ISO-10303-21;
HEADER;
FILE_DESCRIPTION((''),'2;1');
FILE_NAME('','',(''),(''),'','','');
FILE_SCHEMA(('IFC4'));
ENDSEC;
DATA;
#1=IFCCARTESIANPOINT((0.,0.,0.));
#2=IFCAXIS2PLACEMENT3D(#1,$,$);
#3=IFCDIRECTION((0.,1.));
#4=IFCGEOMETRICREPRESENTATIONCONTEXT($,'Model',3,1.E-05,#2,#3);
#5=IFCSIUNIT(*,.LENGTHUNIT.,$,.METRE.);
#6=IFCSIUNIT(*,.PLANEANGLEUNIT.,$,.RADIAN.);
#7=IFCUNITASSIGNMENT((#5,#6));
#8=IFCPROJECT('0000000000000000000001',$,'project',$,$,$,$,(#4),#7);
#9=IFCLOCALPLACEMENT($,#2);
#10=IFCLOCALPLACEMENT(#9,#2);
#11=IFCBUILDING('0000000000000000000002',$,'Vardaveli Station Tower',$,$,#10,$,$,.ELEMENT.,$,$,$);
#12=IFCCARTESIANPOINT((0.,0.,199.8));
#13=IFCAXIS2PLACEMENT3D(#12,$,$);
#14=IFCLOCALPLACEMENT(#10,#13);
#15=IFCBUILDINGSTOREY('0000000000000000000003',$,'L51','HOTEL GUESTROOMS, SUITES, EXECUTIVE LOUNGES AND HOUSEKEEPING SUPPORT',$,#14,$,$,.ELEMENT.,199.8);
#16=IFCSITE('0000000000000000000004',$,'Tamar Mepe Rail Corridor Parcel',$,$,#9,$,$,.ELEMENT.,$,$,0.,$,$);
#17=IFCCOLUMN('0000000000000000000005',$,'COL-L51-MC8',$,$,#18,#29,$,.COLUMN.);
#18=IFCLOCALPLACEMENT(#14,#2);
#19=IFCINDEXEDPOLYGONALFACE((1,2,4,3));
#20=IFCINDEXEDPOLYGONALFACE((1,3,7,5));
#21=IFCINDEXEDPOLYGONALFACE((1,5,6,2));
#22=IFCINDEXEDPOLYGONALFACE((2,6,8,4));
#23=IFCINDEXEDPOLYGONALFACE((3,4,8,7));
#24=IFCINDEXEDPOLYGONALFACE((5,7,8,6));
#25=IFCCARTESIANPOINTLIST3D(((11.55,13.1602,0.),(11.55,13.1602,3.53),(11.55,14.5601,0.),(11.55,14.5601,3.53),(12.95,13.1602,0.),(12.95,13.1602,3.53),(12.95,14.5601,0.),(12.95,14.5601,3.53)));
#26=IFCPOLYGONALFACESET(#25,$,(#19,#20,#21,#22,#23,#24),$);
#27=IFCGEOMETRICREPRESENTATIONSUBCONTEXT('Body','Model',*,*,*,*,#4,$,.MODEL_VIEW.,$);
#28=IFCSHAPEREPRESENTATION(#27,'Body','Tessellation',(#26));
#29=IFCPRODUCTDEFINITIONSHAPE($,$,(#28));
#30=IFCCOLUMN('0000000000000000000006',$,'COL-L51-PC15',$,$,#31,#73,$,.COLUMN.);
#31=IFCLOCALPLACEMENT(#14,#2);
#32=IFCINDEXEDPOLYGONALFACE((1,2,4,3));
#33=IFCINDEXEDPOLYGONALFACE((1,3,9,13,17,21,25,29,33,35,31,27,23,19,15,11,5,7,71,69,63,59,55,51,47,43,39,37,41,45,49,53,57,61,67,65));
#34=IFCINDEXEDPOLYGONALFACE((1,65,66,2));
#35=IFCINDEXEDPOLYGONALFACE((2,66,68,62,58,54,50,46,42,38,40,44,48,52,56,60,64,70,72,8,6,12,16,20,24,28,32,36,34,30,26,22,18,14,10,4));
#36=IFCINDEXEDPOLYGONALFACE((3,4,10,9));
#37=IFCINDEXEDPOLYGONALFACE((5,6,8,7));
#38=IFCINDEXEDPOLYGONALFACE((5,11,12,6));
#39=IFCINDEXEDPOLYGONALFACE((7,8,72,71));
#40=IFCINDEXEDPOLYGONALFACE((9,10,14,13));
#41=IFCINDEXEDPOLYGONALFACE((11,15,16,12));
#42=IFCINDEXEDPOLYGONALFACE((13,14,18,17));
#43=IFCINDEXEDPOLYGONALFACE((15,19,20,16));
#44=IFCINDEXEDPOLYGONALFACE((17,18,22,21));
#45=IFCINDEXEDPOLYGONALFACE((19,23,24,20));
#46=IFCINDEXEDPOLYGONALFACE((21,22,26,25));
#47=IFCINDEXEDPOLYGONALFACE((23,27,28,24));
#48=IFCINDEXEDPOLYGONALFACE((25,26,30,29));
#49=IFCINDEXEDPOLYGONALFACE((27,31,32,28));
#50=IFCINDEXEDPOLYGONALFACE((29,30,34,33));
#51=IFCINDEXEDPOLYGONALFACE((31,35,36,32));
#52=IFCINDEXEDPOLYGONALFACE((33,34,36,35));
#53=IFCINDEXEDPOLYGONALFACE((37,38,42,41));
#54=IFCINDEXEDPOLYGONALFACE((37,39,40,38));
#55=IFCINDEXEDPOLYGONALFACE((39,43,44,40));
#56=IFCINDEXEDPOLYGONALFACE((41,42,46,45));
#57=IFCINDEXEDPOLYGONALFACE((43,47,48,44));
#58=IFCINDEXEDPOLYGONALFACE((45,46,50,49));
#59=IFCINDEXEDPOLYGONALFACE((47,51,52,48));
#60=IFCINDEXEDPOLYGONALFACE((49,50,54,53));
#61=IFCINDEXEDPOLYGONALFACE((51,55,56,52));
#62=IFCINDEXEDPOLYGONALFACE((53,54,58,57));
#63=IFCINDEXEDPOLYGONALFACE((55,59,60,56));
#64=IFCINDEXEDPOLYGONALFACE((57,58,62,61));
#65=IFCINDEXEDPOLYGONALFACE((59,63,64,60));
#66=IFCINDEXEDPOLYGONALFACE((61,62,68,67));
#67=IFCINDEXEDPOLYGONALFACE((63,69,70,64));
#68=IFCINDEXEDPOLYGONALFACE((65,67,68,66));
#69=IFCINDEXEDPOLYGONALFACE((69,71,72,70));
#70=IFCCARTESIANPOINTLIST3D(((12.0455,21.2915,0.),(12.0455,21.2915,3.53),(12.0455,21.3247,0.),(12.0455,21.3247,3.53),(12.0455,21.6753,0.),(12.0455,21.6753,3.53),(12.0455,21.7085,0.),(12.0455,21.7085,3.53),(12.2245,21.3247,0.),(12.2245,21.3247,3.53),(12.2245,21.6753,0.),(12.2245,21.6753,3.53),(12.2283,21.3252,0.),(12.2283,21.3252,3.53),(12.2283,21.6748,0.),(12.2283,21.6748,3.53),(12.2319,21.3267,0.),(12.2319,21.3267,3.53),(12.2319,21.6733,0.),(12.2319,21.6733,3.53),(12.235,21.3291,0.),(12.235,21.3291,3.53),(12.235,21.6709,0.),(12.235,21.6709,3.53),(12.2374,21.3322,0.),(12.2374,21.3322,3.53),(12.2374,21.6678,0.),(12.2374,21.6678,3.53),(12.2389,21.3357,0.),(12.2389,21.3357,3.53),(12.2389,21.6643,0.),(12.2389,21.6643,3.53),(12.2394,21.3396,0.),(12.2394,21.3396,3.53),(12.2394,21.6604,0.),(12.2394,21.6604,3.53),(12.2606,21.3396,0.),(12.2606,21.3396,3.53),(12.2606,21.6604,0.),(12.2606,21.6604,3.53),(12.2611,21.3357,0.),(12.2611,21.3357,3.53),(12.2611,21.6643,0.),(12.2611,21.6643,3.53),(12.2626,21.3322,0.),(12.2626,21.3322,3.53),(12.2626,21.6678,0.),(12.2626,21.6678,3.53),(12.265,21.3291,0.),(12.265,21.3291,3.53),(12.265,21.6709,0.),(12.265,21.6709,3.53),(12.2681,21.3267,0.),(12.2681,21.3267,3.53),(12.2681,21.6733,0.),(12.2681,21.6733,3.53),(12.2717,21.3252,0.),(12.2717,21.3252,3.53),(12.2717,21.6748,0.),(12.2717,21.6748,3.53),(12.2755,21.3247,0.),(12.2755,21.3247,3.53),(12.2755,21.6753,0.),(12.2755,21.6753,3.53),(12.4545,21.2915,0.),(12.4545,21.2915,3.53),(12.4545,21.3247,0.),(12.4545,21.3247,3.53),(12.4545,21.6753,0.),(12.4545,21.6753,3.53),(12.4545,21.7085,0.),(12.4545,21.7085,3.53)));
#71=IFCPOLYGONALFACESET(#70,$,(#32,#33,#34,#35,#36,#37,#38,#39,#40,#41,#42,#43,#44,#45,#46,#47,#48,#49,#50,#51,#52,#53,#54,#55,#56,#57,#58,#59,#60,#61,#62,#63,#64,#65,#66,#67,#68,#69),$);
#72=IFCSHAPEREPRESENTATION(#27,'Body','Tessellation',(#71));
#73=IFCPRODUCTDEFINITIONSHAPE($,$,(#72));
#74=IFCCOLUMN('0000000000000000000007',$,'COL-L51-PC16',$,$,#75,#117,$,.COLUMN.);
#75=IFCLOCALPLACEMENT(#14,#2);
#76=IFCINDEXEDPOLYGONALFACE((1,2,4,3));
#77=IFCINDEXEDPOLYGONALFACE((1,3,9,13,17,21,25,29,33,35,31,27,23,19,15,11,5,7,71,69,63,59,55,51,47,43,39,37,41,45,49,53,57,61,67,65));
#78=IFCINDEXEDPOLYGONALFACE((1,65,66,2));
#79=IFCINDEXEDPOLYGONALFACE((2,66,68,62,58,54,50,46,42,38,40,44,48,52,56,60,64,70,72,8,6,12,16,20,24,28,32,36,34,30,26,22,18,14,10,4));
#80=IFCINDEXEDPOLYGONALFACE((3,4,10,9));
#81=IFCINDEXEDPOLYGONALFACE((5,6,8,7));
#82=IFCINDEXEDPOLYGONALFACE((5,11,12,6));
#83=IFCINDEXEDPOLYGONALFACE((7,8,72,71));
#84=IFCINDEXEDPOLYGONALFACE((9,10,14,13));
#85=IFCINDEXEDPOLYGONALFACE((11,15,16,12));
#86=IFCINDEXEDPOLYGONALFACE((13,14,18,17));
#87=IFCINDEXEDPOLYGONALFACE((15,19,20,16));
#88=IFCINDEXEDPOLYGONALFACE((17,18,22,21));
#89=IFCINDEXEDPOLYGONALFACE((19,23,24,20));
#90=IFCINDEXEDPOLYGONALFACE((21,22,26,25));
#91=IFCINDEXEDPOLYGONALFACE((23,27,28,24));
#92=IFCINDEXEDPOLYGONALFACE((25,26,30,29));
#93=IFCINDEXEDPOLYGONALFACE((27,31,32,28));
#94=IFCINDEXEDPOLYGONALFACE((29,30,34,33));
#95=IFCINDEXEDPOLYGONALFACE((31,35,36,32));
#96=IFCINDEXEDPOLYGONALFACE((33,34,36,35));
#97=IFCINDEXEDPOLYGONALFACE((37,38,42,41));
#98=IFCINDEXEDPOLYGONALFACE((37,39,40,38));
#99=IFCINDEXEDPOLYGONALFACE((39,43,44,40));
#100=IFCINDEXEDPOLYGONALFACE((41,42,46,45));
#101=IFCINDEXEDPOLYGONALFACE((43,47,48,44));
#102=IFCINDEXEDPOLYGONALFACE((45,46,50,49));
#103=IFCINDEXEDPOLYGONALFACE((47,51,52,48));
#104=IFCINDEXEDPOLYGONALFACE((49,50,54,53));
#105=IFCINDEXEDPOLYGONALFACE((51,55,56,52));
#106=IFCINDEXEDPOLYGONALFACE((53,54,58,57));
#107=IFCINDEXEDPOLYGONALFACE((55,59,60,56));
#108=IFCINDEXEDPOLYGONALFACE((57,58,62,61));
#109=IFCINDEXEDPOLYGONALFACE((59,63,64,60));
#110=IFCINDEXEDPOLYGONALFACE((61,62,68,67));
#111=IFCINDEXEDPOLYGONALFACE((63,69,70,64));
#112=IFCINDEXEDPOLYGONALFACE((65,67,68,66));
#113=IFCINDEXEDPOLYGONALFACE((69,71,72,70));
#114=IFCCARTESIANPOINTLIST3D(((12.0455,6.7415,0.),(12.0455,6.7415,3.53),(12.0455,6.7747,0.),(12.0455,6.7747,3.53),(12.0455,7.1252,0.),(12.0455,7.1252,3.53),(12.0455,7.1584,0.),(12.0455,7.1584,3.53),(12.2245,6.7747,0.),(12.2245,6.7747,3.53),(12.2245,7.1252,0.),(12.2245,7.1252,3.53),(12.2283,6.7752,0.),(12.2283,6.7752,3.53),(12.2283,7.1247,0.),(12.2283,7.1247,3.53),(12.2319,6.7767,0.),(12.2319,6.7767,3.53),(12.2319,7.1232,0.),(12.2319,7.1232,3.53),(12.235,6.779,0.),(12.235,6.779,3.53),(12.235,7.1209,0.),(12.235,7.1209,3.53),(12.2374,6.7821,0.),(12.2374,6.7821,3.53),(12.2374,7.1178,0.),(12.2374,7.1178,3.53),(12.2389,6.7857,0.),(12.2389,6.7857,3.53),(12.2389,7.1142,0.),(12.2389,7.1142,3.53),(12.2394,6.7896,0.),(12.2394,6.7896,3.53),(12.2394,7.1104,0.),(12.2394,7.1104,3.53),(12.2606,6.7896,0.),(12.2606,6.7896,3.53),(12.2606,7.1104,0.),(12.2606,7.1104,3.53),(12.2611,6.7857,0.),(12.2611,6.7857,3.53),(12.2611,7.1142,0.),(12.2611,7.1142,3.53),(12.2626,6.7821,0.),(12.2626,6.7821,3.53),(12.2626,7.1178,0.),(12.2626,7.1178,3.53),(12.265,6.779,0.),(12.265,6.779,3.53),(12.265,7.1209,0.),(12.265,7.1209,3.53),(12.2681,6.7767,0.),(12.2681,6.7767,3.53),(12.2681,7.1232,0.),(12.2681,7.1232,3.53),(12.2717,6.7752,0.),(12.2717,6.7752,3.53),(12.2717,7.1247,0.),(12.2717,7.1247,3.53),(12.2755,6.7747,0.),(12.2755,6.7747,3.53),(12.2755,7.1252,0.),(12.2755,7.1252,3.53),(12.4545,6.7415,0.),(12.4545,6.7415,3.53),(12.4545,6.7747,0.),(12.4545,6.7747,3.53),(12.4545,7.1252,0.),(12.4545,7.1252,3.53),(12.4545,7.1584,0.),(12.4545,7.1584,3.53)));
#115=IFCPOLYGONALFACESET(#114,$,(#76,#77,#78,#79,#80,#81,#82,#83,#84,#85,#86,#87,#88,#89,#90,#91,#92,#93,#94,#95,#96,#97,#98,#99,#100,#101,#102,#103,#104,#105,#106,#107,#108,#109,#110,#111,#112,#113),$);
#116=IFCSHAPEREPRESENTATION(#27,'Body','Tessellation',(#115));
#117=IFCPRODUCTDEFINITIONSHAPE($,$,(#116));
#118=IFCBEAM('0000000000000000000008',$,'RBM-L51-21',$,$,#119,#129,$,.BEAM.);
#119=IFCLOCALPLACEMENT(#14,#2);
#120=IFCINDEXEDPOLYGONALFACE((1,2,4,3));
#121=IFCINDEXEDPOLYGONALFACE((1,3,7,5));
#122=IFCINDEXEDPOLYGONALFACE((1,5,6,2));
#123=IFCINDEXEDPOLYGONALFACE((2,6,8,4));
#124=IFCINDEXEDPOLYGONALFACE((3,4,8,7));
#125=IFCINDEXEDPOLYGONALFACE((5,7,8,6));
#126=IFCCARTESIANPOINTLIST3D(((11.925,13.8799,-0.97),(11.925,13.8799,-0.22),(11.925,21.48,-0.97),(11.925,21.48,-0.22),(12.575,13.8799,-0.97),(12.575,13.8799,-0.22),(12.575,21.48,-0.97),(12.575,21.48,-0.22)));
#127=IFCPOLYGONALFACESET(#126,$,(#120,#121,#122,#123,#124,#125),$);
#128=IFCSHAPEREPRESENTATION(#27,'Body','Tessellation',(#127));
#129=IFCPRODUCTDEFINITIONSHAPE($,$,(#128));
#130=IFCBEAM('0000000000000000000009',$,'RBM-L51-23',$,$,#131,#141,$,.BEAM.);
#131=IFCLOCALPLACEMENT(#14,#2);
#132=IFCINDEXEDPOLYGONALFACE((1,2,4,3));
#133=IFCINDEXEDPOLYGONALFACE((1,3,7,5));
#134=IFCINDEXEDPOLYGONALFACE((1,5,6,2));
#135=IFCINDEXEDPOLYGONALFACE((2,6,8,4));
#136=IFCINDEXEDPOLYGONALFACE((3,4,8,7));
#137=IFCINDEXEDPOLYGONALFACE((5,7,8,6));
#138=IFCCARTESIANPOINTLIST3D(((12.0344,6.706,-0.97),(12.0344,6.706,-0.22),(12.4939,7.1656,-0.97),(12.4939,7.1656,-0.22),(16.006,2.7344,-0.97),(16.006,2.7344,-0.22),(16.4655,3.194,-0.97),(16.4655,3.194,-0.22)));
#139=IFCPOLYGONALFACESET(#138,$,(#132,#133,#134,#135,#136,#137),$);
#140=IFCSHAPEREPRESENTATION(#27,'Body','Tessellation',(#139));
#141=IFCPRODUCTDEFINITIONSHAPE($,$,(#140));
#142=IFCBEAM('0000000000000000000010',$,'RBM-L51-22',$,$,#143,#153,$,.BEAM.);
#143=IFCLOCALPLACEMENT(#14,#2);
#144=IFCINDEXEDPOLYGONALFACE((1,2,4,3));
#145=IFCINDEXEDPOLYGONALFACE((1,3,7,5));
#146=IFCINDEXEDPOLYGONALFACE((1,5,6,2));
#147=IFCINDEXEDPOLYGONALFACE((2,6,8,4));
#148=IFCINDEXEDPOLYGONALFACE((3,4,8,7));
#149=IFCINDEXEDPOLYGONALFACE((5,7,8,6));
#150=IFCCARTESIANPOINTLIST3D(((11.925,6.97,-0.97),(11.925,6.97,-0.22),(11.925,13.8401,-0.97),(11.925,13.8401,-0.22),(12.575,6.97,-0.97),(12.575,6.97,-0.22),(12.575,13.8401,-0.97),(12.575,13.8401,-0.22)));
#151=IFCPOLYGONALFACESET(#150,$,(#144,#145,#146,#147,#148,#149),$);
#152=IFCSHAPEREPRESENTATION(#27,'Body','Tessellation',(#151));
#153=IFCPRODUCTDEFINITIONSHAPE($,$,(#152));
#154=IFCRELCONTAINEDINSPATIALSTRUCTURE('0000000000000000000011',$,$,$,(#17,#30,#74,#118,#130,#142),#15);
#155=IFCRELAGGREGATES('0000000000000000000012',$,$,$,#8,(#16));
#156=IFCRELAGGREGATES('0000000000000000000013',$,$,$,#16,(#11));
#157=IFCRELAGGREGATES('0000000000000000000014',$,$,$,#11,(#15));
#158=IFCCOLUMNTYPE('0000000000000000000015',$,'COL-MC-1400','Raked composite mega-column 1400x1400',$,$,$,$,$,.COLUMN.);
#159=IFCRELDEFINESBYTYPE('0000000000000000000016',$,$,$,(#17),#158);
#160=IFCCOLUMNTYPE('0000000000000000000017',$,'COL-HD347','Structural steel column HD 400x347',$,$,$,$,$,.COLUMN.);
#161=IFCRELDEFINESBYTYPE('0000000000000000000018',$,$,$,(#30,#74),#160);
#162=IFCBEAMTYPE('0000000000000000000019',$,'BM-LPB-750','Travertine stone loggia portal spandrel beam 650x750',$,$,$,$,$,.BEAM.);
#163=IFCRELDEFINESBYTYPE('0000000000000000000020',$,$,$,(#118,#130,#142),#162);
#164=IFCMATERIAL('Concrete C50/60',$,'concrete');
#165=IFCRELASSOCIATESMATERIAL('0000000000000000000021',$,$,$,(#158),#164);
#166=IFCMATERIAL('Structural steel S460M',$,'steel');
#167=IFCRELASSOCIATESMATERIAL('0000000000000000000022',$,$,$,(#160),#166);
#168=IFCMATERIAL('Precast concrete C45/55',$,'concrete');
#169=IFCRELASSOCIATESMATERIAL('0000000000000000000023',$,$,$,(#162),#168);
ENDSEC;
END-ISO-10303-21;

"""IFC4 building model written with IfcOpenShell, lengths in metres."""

from ifc_helpers import new_model, si_unit, direction, frame, origin, origin_2d, place, context, subcontext, project, spatial, rectangle, i_section, extrude, source, transform, mapped, material, material_profile, profile_set, type_object, element, save


model = new_model("IFC4")

# Units and contexts
model_context = context("Model", 3, precision=1e-05, world=origin(), true_north=direction((0.0, 1.0)))
body_context = subcontext(model_context, "Body", "Model", "MODEL_VIEW")
ifc_project = project(units=[si_unit("LENGTHUNIT", "METRE"), si_unit("PLANEANGLEUNIT", "RADIAN")], contexts=[model_context])

# Site, building, storey
site_placement = place(None, origin())
site = spatial("IfcSite", under=ifc_project, at=site_placement, Name="Tamar Mepe Rail Corridor Parcel", CompositionType="ELEMENT", RefElevation=0.0)
building_placement = place(site_placement, origin())
building = spatial("IfcBuilding", under=site, at=building_placement, Name="Vardaveli Station Tower", CompositionType="ELEMENT")
storey_placement = place(building_placement, frame((0.0, 0.0, 199.8)))
storey = spatial("IfcBuildingStorey", under=building, at=storey_placement, Name="L51", Description="HOTEL GUESTROOMS, SUITES, EXECUTIVE LOUNGES AND HOUSEKEEPING SUPPORT", CompositionType="ELEMENT", Elevation=199.8)

# Columns
ifc_material_1 = material(Name="Concrete C50/60", Category="concrete")
ifc_material_profile_1 = material_profile(ifc_material_1, rectangle(XDim=1.3999, YDim=1.3999, at=origin_2d()), Name="MC 1400x1400")
ifc_profile_set_1 = profile_set([ifc_material_profile_1], Name="Concrete C50/60")
column_type_1 = type_object("IfcColumnType", Name="COL-MC-1400", Description="Raked composite mega-column 1400x1400", PredefinedType="COLUMN", material=ifc_profile_set_1)
shared_shape_1 = source(origin(), body_context, "Body", "SweptSolid", [
    extrude(rectangle(XDim=1.3999, YDim=1.3999, at=origin_2d()), origin(), (0.0, 0.0, 1.0), 3.53),
])
column_placement = place(storey_placement, frame((12.25, 13.8601, 0.0), z_axis=(0.0, 0.0, 1.0), x_axis=(1.0, 0.0, 0.0)))
element("IfcColumn", 1, at=column_placement, inside=storey, type_object=column_type_1, Name="COL-L51-MC8", PredefinedType="COLUMN", context=body_context, shape_type="MappedRepresentation", body=[
    mapped(shared_shape_1, transform((0.0, 0.0, 0.0), scale=1.0)),
])
ifc_material_2 = material(Name="Structural steel S460M", Category="steel")
ifc_material_profile_2 = material_profile(ifc_material_2, i_section(OverallWidth=0.4089, OverallDepth=0.417, WebThickness=0.0212, FlangeThickness=0.0332, FilletRadius=0.0149, at=origin_2d()), Name="HD 400x347")
ifc_profile_set_2 = profile_set([ifc_material_profile_2], Name="Structural steel S460M")
column_type_2 = type_object("IfcColumnType", Name="COL-HD347", Description="Structural steel column HD 400x347", PredefinedType="COLUMN", material=ifc_profile_set_2)
shared_shape_2 = source(origin(), body_context, "Body", "SweptSolid", [
    extrude(i_section(OverallWidth=0.4089, OverallDepth=0.417, WebThickness=0.0212, FlangeThickness=0.0332, FilletRadius=0.0149, at=origin_2d()), origin(), (0.0, 0.0, 1.0), 3.53),
])
for number, where, z_axis, x_axis, name in (
    (2, (12.25, 21.5, 0.0), (0.0, 0.0, 1.0), (1.0, 0.0, 0.0), "COL-L51-PC15"),
    (3, (12.25, 6.95, 0.0), (0.0, 0.0, 1.0), (1.0, 0.0, 0.0), "COL-L51-PC16"),
):
    element("IfcColumn", number, at=place(storey_placement, frame(where, z_axis=z_axis, x_axis=x_axis)), inside=storey, type_object=column_type_2, Name=name, PredefinedType="COLUMN", context=body_context, shape_type="MappedRepresentation", body=[
        mapped(shared_shape_2, transform((0.0, 0.0, 0.0), scale=1.0)),
    ])

# Beams
ifc_material_3 = material(Name="Precast concrete C45/55", Category="concrete")
ifc_material_profile_3 = material_profile(ifc_material_3, rectangle(XDim=0.6499, YDim=0.75, at=origin_2d()), Name="LPB 650x750")
ifc_profile_set_3 = profile_set([ifc_material_profile_3], Name="Precast concrete C45/55")
beam_type_1 = type_object("IfcBeamType", Name="BM-LPB-750", Description="Travertine stone loggia portal spandrel beam 650x750", PredefinedType="BEAM", material=ifc_profile_set_3)
shared_shape_3 = source(origin(), body_context, "Body", "SweptSolid", [
    extrude(rectangle(XDim=0.6499, YDim=0.75, at=origin_2d()), origin(), (0.0, 0.0, 1.0), 7.6001),
])
beam_1_placement = place(storey_placement, frame((12.25, 21.48, -0.595), z_axis=(0.0, -1.0, 0.0), x_axis=(1.0, 0.0, 0.0)))
element("IfcBeam", 4, at=beam_1_placement, inside=storey, type_object=beam_type_1, Name="RBM-L51-21", PredefinedType="BEAM", context=body_context, shape_type="MappedRepresentation", body=[
    mapped(shared_shape_3, transform((0.0, 0.0, 0.0), scale=1.0)),
])
shared_shape_4 = source(origin(), body_context, "Body", "SweptSolid", [
    extrude(rectangle(XDim=0.6499, YDim=0.75, at=origin_2d()), origin(), (0.0, 0.0, 1.0), 5.6167),
])
beam_2_placement = place(storey_placement, frame((12.2642, 6.9358, -0.595), z_axis=(0.707107, -0.707107, 0.0), x_axis=(0.707107, 0.707107, 0.0)))
element("IfcBeam", 5, at=beam_2_placement, inside=storey, type_object=beam_type_1, Name="RBM-L51-23", PredefinedType="BEAM", context=body_context, shape_type="MappedRepresentation", body=[
    mapped(shared_shape_4, transform((0.0, 0.0, 0.0), scale=1.0)),
])
shared_shape_5 = source(origin(), body_context, "Body", "SweptSolid", [
    extrude(rectangle(XDim=0.6499, YDim=0.75, at=origin_2d()), origin(), (0.0, 0.0, 1.0), 6.8701),
])
beam_3_placement = place(storey_placement, frame((12.25, 13.8401, -0.595), z_axis=(0.0, -1.0, 0.0), x_axis=(1.0, 0.0, 0.0)))
element("IfcBeam", 6, at=beam_3_placement, inside=storey, type_object=beam_type_1, Name="RBM-L51-22", PredefinedType="BEAM", context=body_context, shape_type="MappedRepresentation", body=[
    mapped(shared_shape_5, transform((0.0, 0.0, 0.0), scale=1.0)),
])

save(model, "model.ifc")
